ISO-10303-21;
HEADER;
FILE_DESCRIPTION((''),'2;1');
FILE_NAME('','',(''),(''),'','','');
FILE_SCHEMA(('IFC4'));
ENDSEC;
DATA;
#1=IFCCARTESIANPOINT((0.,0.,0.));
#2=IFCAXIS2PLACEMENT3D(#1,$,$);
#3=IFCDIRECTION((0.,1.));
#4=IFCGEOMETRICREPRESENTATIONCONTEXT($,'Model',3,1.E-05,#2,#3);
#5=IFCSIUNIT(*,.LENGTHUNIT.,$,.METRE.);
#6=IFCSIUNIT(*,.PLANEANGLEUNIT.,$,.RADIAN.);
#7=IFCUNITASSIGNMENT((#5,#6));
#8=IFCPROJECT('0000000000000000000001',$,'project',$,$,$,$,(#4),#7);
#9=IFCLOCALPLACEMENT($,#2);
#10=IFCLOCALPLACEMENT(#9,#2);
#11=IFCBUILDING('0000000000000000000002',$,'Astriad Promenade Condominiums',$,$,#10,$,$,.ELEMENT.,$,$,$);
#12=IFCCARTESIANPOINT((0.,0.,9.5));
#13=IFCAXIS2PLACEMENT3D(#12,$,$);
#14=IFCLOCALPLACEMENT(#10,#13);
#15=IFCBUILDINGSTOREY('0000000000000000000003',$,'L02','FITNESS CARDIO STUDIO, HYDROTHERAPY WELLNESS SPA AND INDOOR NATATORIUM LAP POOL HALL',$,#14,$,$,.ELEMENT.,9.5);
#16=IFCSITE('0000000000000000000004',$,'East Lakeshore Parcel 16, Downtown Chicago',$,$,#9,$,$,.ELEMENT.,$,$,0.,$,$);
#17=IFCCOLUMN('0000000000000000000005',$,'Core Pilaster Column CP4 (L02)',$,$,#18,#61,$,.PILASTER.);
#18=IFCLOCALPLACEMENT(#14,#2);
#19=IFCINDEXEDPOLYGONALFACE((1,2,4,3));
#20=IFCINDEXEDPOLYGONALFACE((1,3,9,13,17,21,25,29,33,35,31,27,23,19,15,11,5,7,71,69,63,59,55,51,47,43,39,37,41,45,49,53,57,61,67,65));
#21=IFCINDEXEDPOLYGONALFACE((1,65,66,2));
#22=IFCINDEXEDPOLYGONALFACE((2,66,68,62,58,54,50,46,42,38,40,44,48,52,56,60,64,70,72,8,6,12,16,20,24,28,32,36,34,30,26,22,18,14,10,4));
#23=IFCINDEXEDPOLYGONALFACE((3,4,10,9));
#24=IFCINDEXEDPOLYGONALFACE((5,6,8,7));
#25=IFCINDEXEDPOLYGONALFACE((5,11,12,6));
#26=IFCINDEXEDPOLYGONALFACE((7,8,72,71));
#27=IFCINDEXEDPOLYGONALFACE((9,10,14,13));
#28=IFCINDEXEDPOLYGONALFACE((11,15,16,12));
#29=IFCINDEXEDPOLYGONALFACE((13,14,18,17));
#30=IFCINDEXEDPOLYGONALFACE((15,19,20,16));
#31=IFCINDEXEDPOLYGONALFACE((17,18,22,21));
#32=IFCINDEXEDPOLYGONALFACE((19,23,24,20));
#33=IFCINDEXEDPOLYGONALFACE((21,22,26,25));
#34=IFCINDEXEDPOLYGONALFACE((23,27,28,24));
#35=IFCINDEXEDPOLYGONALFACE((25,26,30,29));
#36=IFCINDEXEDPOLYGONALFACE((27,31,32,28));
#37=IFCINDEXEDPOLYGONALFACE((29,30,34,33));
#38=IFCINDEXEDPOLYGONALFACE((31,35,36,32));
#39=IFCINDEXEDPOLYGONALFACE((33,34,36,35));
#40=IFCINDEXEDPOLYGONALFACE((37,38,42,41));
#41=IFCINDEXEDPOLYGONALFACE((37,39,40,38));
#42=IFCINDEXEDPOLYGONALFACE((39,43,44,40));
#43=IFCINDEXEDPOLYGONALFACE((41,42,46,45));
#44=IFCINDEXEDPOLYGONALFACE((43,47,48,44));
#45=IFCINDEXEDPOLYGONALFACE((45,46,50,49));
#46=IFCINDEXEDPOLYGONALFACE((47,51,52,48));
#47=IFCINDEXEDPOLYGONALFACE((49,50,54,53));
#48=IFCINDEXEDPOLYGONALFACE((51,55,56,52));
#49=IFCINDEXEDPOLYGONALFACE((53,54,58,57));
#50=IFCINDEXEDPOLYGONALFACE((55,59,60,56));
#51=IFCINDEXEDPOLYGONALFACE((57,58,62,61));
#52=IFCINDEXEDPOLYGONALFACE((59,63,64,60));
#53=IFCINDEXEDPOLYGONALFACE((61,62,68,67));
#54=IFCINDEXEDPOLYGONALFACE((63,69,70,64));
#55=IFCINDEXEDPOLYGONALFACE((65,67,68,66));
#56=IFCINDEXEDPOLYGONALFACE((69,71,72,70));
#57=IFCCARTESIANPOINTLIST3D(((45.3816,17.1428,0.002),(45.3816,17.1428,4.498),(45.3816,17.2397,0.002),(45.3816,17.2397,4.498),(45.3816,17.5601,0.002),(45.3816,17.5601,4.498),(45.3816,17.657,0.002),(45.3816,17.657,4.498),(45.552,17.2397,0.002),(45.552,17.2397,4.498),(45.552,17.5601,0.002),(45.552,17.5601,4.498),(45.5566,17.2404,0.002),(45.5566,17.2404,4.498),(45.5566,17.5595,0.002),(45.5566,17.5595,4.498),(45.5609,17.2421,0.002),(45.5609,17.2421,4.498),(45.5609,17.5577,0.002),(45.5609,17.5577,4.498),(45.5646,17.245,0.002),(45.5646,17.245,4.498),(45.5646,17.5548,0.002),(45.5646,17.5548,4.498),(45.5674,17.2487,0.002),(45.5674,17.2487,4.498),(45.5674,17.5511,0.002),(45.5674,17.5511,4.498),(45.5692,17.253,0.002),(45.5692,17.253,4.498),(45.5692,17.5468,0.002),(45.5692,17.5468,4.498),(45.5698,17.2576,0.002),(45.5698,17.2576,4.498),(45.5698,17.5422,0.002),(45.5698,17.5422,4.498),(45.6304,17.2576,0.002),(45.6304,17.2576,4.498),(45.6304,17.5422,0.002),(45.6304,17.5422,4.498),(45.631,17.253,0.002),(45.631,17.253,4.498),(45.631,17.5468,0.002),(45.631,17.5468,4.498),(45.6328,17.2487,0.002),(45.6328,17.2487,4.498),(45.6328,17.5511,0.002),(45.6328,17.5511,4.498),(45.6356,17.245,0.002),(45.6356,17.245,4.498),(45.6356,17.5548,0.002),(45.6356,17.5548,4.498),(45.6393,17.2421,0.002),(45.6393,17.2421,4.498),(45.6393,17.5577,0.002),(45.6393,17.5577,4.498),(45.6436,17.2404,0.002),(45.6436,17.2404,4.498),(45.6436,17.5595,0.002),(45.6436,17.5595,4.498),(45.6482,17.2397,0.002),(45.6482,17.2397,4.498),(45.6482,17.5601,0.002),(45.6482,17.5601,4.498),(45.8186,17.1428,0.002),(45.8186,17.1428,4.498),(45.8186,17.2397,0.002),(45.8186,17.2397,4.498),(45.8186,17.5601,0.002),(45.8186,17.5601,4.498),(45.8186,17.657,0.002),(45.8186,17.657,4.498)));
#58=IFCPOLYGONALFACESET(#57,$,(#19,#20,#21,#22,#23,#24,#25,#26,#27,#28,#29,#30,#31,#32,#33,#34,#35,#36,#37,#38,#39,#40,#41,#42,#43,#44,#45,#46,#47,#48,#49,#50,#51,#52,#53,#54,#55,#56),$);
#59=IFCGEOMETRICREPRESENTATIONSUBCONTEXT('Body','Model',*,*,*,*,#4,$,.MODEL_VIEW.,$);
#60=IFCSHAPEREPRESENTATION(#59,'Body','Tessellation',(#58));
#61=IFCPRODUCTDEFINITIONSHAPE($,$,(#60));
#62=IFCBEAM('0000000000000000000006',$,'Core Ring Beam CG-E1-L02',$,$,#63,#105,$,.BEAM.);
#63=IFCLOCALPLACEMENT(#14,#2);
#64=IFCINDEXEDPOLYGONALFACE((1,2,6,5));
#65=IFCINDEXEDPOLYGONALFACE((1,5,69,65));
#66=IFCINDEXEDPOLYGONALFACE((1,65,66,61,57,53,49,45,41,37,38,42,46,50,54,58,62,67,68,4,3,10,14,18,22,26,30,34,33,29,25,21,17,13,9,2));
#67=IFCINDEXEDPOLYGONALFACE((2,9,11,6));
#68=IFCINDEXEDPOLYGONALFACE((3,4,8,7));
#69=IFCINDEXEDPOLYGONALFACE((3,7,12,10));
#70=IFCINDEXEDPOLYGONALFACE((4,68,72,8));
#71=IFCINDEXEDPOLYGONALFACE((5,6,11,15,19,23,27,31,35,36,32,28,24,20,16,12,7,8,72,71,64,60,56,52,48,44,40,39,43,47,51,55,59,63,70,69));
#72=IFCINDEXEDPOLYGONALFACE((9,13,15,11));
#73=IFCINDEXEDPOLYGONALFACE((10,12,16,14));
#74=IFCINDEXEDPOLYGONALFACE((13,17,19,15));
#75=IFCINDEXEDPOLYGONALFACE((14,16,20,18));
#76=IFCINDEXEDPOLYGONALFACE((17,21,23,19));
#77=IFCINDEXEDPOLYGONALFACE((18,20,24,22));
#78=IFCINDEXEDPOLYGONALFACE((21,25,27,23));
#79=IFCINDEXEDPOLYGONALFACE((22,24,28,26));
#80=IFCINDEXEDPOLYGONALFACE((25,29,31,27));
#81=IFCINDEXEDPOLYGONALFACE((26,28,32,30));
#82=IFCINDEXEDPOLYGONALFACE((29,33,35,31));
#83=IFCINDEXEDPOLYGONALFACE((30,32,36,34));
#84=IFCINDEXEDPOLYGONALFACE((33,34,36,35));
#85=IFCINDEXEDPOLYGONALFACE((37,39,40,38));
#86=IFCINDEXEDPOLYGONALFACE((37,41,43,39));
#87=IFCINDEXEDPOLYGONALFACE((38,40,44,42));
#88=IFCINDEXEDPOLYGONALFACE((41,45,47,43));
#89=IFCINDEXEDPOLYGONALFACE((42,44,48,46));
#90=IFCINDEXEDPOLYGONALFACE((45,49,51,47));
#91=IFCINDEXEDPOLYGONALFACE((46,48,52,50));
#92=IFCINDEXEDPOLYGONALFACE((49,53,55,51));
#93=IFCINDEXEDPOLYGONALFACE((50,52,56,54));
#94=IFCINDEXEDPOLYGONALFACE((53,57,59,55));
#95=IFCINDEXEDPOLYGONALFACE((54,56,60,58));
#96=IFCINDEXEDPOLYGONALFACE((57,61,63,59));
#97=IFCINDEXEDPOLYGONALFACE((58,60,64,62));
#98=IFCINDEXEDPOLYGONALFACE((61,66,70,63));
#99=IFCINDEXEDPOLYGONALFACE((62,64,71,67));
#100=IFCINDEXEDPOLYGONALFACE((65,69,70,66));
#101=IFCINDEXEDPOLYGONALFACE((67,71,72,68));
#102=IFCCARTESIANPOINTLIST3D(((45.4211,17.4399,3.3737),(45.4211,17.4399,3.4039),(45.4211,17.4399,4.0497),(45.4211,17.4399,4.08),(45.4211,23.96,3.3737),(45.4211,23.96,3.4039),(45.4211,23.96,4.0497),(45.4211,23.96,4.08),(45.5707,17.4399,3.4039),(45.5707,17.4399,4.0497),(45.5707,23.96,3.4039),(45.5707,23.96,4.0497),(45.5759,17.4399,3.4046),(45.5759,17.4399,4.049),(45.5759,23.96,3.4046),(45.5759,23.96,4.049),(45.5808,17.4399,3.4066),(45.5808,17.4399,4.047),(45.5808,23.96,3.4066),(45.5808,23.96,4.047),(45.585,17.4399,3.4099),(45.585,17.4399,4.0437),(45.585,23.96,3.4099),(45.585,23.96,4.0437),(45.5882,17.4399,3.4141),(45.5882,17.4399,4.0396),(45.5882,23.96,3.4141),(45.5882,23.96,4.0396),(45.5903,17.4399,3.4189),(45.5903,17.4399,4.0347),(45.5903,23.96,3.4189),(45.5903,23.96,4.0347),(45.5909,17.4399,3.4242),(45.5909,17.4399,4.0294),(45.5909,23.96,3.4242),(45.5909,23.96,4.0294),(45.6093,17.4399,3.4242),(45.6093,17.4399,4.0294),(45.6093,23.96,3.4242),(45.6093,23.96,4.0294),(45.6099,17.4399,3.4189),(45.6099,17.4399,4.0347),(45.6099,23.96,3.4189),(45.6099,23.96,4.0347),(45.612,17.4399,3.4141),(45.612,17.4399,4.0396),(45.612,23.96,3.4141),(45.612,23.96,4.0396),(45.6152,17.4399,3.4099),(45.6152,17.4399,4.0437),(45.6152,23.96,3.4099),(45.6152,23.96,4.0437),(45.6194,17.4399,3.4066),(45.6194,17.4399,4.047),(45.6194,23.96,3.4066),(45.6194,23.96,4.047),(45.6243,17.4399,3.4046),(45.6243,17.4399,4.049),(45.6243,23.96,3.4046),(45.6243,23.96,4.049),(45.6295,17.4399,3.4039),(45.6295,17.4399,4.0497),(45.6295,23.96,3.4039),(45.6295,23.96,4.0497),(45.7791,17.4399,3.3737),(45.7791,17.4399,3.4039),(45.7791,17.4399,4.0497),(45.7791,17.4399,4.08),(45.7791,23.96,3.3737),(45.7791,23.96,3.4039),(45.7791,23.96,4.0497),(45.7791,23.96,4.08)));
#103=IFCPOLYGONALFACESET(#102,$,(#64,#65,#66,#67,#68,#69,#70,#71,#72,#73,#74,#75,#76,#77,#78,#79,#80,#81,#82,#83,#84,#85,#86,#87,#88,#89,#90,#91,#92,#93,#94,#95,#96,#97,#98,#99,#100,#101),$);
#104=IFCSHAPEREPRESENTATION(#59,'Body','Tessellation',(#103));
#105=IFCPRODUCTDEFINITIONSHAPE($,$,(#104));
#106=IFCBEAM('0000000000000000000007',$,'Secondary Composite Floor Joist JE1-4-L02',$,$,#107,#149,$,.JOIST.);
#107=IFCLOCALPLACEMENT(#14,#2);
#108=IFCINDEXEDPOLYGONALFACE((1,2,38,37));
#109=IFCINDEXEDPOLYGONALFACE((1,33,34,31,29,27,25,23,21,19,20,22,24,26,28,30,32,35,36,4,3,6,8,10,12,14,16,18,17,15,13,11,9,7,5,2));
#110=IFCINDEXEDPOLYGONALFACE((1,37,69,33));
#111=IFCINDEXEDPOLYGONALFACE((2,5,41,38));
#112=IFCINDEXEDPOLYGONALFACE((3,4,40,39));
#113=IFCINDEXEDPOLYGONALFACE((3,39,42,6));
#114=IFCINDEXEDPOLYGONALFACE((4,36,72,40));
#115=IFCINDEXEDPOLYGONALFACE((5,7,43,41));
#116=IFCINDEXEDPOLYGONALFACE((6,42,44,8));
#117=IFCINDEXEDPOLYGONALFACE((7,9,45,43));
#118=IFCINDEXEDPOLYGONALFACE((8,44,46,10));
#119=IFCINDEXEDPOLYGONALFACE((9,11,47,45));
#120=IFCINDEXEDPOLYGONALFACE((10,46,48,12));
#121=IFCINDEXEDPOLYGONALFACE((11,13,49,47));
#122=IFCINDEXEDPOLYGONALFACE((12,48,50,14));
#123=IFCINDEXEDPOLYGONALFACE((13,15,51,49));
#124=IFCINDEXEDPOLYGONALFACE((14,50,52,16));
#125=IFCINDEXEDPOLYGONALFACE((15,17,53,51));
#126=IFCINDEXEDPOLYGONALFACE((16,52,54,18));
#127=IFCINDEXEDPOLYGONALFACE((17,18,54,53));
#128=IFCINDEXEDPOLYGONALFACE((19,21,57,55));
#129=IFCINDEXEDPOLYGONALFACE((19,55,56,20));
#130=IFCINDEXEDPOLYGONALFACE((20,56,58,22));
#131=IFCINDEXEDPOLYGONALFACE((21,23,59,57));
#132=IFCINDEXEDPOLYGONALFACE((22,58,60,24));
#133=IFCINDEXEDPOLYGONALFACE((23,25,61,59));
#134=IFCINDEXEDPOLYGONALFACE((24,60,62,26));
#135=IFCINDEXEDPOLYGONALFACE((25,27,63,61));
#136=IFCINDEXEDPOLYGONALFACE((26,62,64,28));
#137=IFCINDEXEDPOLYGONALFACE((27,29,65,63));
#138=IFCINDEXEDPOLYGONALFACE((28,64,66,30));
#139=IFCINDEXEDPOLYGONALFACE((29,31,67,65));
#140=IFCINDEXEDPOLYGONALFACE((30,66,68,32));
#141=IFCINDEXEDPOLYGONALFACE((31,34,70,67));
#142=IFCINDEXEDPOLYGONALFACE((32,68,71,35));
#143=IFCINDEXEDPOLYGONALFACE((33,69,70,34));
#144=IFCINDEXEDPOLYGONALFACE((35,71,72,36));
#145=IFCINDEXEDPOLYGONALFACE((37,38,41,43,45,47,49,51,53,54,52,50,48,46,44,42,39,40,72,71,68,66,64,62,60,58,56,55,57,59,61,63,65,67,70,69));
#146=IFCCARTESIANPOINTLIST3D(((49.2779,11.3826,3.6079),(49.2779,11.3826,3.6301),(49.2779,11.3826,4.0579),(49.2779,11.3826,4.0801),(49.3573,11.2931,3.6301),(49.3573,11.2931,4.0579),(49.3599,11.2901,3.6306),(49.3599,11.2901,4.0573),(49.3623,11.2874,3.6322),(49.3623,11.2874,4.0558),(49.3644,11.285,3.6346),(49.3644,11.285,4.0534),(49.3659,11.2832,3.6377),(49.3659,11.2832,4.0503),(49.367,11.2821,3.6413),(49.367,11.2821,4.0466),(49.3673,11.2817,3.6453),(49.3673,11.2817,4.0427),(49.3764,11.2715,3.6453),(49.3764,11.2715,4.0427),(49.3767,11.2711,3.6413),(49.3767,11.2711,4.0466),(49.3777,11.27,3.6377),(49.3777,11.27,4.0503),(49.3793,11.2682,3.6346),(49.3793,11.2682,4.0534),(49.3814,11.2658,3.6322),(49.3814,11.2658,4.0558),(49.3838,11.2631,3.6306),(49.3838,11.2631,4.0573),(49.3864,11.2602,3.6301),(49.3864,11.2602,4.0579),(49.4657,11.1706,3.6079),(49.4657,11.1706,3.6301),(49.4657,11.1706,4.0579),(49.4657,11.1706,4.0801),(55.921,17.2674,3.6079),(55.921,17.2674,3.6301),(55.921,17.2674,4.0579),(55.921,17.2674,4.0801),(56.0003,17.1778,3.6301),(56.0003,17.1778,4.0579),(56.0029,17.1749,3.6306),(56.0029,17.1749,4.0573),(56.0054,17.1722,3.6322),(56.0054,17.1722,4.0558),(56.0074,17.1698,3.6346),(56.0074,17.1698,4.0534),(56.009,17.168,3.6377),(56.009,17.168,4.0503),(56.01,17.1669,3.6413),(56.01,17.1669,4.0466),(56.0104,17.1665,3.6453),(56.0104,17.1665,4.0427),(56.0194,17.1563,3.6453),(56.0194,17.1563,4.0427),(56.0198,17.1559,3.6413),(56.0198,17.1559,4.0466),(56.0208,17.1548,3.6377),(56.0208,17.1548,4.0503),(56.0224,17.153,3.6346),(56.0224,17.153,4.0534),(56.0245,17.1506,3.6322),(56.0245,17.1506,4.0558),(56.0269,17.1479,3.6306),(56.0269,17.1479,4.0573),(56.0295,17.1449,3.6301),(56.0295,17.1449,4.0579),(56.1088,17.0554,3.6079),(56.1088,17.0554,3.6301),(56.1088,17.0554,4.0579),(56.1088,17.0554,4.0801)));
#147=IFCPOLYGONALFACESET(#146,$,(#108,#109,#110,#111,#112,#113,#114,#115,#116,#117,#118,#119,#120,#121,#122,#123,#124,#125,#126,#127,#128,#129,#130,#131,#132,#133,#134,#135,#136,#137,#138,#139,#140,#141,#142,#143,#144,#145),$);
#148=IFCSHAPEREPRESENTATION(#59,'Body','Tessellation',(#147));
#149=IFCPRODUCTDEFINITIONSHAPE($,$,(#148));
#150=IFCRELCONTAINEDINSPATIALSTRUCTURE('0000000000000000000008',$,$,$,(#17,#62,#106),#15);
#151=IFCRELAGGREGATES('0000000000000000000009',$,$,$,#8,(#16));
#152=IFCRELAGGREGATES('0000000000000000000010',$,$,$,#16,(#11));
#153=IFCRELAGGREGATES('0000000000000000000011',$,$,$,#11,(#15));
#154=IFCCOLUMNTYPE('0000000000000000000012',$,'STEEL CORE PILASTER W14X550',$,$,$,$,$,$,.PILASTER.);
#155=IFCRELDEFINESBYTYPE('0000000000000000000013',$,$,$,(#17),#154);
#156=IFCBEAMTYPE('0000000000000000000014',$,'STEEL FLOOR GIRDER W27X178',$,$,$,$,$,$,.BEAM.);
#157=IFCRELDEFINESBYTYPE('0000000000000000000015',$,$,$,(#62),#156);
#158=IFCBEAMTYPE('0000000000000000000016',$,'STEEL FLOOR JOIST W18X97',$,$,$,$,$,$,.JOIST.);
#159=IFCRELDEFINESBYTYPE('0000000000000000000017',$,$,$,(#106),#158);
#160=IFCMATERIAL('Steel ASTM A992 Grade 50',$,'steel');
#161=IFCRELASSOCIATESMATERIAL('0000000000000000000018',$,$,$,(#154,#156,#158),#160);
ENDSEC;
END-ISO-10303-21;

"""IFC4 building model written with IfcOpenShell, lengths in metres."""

from ifc_helpers import new_model, si_unit, direction, frame, origin, origin_2d, place, context, subcontext, project, spatial, i_section, extrude, source, transform, mapped, material, material_profile, profile_set, type_object, type_shapes, element, save


model = new_model("IFC4")

# Units and contexts
model_context = context("Model", 3, precision=1e-05, world=origin(), true_north=direction((0.0, 1.0)))
body_context = subcontext(model_context, "Body", "Model", "MODEL_VIEW")
ifc_project = project(units=[si_unit("LENGTHUNIT", "METRE"), si_unit("PLANEANGLEUNIT", "RADIAN")], contexts=[model_context])

# Site, building, storey
site_placement = place(None, origin())
site = spatial("IfcSite", under=ifc_project, at=site_placement, Name="East Lakeshore Parcel 16, Downtown Chicago", CompositionType="ELEMENT", RefElevation=0.0)
building_placement = place(site_placement, origin())
building = spatial("IfcBuilding", under=site, at=building_placement, Name="Astriad Promenade Condominiums", CompositionType="ELEMENT")
storey_placement = place(building_placement, frame((0.0, 0.0, 9.5)))
storey = spatial("IfcBuildingStorey", under=building, at=storey_placement, Name="L02", Description="FITNESS CARDIO STUDIO, HYDROTHERAPY WELLNESS SPA AND INDOOR NATATORIUM LAP POOL HALL", CompositionType="ELEMENT", Elevation=9.5)

# Column
ifc_material_1 = material(Name="Steel ASTM A992 Grade 50", Category="steel")
ifc_material_profile_1 = material_profile(ifc_material_1, i_section(OverallWidth=0.437, OverallDepth=0.5142, WebThickness=0.0605, FlangeThickness=0.0969, FilletRadius=0.0178, at=origin_2d()), Name="W14X550")
ifc_profile_set_1 = profile_set([ifc_material_profile_1], Name="Steel ASTM A992 Grade 50")
column_type = type_object("IfcColumnType", Name="STEEL CORE PILASTER W14X550", PredefinedType="PILASTER", material=ifc_profile_set_1)
shared_shape_1 = source(origin(), body_context, "Body", "SweptSolid", [
    extrude(i_section(OverallWidth=0.437, OverallDepth=0.5142, WebThickness=0.0605, FlangeThickness=0.0969, FilletRadius=0.0178, at=origin_2d()), origin(), (0.0, 0.0, 1.0), 4.4961),
])
type_shapes(column_type, [shared_shape_1])
column_placement = place(storey_placement, frame((45.6001, 17.3999, 0.002), z_axis=(0.0, 0.0, 1.0), x_axis=(1.0, 0.0, 0.0)))
element("IfcColumn", 1, at=column_placement, inside=storey, type_object=column_type, Name="Core Pilaster Column CP4 (L02)", PredefinedType="PILASTER", context=body_context, shape_type="MappedRepresentation", body=[
    mapped(shared_shape_1, transform((0.0, 0.0, 0.0), scale=1.0)),
])

# Beams
ifc_material_profile_2 = material_profile(ifc_material_1, i_section(OverallWidth=0.3579, OverallDepth=0.7063, WebThickness=0.0183, FlangeThickness=0.0303, FilletRadius=0.0203, at=origin_2d()), Name="W27X178")
ifc_profile_set_2 = profile_set([ifc_material_profile_2], Name="Steel ASTM A992 Grade 50")
beam_type_1 = type_object("IfcBeamType", Name="STEEL FLOOR GIRDER W27X178", PredefinedType="BEAM", material=ifc_profile_set_2)
shared_shape_2 = source(origin(), body_context, "Body", "SweptSolid", [
    extrude(i_section(OverallWidth=0.3579, OverallDepth=0.7063, WebThickness=0.0183, FlangeThickness=0.0303, FilletRadius=0.0203, at=origin_2d()), origin(), (0.0, 0.0, 1.0), 6.52),
])
type_shapes(beam_type_1, [shared_shape_2])
beam_1_placement = place(storey_placement, frame((45.6001, 17.4399, 3.7268), z_axis=(0.0, 1.0, 0.0), x_axis=(-1.0, 0.0, 0.0)))
element("IfcBeam", 2, at=beam_1_placement, inside=storey, type_object=beam_type_1, Name="Core Ring Beam CG-E1-L02", PredefinedType="BEAM", context=body_context, shape_type="MappedRepresentation", body=[
    mapped(shared_shape_2, transform((0.0, 0.0, 0.0), scale=1.0)),
])
ifc_material_profile_3 = material_profile(ifc_material_1, i_section(OverallWidth=0.2832, OverallDepth=0.4722, WebThickness=0.0137, FlangeThickness=0.0222, FilletRadius=0.0151, at=origin_2d()), Name="W18X97")
ifc_profile_set_3 = profile_set([ifc_material_profile_3], Name="Steel ASTM A992 Grade 50")
beam_type_2 = type_object("IfcBeamType", Name="STEEL FLOOR JOIST W18X97", PredefinedType="JOIST", material=ifc_profile_set_3)
shared_shape_3 = source(origin(), body_context, "Body", "SweptSolid", [
    extrude(i_section(OverallWidth=0.2832, OverallDepth=0.4722, WebThickness=0.0137, FlangeThickness=0.0222, FilletRadius=0.0151, at=origin_2d()), origin(), (0.0, 0.0, 1.0), 8.8748),
])
beam_2_placement = place(storey_placement, frame((49.3718, 11.2766, 3.844), z_axis=(0.748537, 0.663093, 0.0), x_axis=(-0.663093, 0.748537, 0.0)))
element("IfcBeam", 3, at=beam_2_placement, inside=storey, type_object=beam_type_2, Name="Secondary Composite Floor Joist JE1-4-L02", PredefinedType="JOIST", context=body_context, shape_type="MappedRepresentation", body=[
    mapped(shared_shape_3, transform((0.0, 0.0, 0.0), scale=1.0)),
])

save(model, "model.ifc")
